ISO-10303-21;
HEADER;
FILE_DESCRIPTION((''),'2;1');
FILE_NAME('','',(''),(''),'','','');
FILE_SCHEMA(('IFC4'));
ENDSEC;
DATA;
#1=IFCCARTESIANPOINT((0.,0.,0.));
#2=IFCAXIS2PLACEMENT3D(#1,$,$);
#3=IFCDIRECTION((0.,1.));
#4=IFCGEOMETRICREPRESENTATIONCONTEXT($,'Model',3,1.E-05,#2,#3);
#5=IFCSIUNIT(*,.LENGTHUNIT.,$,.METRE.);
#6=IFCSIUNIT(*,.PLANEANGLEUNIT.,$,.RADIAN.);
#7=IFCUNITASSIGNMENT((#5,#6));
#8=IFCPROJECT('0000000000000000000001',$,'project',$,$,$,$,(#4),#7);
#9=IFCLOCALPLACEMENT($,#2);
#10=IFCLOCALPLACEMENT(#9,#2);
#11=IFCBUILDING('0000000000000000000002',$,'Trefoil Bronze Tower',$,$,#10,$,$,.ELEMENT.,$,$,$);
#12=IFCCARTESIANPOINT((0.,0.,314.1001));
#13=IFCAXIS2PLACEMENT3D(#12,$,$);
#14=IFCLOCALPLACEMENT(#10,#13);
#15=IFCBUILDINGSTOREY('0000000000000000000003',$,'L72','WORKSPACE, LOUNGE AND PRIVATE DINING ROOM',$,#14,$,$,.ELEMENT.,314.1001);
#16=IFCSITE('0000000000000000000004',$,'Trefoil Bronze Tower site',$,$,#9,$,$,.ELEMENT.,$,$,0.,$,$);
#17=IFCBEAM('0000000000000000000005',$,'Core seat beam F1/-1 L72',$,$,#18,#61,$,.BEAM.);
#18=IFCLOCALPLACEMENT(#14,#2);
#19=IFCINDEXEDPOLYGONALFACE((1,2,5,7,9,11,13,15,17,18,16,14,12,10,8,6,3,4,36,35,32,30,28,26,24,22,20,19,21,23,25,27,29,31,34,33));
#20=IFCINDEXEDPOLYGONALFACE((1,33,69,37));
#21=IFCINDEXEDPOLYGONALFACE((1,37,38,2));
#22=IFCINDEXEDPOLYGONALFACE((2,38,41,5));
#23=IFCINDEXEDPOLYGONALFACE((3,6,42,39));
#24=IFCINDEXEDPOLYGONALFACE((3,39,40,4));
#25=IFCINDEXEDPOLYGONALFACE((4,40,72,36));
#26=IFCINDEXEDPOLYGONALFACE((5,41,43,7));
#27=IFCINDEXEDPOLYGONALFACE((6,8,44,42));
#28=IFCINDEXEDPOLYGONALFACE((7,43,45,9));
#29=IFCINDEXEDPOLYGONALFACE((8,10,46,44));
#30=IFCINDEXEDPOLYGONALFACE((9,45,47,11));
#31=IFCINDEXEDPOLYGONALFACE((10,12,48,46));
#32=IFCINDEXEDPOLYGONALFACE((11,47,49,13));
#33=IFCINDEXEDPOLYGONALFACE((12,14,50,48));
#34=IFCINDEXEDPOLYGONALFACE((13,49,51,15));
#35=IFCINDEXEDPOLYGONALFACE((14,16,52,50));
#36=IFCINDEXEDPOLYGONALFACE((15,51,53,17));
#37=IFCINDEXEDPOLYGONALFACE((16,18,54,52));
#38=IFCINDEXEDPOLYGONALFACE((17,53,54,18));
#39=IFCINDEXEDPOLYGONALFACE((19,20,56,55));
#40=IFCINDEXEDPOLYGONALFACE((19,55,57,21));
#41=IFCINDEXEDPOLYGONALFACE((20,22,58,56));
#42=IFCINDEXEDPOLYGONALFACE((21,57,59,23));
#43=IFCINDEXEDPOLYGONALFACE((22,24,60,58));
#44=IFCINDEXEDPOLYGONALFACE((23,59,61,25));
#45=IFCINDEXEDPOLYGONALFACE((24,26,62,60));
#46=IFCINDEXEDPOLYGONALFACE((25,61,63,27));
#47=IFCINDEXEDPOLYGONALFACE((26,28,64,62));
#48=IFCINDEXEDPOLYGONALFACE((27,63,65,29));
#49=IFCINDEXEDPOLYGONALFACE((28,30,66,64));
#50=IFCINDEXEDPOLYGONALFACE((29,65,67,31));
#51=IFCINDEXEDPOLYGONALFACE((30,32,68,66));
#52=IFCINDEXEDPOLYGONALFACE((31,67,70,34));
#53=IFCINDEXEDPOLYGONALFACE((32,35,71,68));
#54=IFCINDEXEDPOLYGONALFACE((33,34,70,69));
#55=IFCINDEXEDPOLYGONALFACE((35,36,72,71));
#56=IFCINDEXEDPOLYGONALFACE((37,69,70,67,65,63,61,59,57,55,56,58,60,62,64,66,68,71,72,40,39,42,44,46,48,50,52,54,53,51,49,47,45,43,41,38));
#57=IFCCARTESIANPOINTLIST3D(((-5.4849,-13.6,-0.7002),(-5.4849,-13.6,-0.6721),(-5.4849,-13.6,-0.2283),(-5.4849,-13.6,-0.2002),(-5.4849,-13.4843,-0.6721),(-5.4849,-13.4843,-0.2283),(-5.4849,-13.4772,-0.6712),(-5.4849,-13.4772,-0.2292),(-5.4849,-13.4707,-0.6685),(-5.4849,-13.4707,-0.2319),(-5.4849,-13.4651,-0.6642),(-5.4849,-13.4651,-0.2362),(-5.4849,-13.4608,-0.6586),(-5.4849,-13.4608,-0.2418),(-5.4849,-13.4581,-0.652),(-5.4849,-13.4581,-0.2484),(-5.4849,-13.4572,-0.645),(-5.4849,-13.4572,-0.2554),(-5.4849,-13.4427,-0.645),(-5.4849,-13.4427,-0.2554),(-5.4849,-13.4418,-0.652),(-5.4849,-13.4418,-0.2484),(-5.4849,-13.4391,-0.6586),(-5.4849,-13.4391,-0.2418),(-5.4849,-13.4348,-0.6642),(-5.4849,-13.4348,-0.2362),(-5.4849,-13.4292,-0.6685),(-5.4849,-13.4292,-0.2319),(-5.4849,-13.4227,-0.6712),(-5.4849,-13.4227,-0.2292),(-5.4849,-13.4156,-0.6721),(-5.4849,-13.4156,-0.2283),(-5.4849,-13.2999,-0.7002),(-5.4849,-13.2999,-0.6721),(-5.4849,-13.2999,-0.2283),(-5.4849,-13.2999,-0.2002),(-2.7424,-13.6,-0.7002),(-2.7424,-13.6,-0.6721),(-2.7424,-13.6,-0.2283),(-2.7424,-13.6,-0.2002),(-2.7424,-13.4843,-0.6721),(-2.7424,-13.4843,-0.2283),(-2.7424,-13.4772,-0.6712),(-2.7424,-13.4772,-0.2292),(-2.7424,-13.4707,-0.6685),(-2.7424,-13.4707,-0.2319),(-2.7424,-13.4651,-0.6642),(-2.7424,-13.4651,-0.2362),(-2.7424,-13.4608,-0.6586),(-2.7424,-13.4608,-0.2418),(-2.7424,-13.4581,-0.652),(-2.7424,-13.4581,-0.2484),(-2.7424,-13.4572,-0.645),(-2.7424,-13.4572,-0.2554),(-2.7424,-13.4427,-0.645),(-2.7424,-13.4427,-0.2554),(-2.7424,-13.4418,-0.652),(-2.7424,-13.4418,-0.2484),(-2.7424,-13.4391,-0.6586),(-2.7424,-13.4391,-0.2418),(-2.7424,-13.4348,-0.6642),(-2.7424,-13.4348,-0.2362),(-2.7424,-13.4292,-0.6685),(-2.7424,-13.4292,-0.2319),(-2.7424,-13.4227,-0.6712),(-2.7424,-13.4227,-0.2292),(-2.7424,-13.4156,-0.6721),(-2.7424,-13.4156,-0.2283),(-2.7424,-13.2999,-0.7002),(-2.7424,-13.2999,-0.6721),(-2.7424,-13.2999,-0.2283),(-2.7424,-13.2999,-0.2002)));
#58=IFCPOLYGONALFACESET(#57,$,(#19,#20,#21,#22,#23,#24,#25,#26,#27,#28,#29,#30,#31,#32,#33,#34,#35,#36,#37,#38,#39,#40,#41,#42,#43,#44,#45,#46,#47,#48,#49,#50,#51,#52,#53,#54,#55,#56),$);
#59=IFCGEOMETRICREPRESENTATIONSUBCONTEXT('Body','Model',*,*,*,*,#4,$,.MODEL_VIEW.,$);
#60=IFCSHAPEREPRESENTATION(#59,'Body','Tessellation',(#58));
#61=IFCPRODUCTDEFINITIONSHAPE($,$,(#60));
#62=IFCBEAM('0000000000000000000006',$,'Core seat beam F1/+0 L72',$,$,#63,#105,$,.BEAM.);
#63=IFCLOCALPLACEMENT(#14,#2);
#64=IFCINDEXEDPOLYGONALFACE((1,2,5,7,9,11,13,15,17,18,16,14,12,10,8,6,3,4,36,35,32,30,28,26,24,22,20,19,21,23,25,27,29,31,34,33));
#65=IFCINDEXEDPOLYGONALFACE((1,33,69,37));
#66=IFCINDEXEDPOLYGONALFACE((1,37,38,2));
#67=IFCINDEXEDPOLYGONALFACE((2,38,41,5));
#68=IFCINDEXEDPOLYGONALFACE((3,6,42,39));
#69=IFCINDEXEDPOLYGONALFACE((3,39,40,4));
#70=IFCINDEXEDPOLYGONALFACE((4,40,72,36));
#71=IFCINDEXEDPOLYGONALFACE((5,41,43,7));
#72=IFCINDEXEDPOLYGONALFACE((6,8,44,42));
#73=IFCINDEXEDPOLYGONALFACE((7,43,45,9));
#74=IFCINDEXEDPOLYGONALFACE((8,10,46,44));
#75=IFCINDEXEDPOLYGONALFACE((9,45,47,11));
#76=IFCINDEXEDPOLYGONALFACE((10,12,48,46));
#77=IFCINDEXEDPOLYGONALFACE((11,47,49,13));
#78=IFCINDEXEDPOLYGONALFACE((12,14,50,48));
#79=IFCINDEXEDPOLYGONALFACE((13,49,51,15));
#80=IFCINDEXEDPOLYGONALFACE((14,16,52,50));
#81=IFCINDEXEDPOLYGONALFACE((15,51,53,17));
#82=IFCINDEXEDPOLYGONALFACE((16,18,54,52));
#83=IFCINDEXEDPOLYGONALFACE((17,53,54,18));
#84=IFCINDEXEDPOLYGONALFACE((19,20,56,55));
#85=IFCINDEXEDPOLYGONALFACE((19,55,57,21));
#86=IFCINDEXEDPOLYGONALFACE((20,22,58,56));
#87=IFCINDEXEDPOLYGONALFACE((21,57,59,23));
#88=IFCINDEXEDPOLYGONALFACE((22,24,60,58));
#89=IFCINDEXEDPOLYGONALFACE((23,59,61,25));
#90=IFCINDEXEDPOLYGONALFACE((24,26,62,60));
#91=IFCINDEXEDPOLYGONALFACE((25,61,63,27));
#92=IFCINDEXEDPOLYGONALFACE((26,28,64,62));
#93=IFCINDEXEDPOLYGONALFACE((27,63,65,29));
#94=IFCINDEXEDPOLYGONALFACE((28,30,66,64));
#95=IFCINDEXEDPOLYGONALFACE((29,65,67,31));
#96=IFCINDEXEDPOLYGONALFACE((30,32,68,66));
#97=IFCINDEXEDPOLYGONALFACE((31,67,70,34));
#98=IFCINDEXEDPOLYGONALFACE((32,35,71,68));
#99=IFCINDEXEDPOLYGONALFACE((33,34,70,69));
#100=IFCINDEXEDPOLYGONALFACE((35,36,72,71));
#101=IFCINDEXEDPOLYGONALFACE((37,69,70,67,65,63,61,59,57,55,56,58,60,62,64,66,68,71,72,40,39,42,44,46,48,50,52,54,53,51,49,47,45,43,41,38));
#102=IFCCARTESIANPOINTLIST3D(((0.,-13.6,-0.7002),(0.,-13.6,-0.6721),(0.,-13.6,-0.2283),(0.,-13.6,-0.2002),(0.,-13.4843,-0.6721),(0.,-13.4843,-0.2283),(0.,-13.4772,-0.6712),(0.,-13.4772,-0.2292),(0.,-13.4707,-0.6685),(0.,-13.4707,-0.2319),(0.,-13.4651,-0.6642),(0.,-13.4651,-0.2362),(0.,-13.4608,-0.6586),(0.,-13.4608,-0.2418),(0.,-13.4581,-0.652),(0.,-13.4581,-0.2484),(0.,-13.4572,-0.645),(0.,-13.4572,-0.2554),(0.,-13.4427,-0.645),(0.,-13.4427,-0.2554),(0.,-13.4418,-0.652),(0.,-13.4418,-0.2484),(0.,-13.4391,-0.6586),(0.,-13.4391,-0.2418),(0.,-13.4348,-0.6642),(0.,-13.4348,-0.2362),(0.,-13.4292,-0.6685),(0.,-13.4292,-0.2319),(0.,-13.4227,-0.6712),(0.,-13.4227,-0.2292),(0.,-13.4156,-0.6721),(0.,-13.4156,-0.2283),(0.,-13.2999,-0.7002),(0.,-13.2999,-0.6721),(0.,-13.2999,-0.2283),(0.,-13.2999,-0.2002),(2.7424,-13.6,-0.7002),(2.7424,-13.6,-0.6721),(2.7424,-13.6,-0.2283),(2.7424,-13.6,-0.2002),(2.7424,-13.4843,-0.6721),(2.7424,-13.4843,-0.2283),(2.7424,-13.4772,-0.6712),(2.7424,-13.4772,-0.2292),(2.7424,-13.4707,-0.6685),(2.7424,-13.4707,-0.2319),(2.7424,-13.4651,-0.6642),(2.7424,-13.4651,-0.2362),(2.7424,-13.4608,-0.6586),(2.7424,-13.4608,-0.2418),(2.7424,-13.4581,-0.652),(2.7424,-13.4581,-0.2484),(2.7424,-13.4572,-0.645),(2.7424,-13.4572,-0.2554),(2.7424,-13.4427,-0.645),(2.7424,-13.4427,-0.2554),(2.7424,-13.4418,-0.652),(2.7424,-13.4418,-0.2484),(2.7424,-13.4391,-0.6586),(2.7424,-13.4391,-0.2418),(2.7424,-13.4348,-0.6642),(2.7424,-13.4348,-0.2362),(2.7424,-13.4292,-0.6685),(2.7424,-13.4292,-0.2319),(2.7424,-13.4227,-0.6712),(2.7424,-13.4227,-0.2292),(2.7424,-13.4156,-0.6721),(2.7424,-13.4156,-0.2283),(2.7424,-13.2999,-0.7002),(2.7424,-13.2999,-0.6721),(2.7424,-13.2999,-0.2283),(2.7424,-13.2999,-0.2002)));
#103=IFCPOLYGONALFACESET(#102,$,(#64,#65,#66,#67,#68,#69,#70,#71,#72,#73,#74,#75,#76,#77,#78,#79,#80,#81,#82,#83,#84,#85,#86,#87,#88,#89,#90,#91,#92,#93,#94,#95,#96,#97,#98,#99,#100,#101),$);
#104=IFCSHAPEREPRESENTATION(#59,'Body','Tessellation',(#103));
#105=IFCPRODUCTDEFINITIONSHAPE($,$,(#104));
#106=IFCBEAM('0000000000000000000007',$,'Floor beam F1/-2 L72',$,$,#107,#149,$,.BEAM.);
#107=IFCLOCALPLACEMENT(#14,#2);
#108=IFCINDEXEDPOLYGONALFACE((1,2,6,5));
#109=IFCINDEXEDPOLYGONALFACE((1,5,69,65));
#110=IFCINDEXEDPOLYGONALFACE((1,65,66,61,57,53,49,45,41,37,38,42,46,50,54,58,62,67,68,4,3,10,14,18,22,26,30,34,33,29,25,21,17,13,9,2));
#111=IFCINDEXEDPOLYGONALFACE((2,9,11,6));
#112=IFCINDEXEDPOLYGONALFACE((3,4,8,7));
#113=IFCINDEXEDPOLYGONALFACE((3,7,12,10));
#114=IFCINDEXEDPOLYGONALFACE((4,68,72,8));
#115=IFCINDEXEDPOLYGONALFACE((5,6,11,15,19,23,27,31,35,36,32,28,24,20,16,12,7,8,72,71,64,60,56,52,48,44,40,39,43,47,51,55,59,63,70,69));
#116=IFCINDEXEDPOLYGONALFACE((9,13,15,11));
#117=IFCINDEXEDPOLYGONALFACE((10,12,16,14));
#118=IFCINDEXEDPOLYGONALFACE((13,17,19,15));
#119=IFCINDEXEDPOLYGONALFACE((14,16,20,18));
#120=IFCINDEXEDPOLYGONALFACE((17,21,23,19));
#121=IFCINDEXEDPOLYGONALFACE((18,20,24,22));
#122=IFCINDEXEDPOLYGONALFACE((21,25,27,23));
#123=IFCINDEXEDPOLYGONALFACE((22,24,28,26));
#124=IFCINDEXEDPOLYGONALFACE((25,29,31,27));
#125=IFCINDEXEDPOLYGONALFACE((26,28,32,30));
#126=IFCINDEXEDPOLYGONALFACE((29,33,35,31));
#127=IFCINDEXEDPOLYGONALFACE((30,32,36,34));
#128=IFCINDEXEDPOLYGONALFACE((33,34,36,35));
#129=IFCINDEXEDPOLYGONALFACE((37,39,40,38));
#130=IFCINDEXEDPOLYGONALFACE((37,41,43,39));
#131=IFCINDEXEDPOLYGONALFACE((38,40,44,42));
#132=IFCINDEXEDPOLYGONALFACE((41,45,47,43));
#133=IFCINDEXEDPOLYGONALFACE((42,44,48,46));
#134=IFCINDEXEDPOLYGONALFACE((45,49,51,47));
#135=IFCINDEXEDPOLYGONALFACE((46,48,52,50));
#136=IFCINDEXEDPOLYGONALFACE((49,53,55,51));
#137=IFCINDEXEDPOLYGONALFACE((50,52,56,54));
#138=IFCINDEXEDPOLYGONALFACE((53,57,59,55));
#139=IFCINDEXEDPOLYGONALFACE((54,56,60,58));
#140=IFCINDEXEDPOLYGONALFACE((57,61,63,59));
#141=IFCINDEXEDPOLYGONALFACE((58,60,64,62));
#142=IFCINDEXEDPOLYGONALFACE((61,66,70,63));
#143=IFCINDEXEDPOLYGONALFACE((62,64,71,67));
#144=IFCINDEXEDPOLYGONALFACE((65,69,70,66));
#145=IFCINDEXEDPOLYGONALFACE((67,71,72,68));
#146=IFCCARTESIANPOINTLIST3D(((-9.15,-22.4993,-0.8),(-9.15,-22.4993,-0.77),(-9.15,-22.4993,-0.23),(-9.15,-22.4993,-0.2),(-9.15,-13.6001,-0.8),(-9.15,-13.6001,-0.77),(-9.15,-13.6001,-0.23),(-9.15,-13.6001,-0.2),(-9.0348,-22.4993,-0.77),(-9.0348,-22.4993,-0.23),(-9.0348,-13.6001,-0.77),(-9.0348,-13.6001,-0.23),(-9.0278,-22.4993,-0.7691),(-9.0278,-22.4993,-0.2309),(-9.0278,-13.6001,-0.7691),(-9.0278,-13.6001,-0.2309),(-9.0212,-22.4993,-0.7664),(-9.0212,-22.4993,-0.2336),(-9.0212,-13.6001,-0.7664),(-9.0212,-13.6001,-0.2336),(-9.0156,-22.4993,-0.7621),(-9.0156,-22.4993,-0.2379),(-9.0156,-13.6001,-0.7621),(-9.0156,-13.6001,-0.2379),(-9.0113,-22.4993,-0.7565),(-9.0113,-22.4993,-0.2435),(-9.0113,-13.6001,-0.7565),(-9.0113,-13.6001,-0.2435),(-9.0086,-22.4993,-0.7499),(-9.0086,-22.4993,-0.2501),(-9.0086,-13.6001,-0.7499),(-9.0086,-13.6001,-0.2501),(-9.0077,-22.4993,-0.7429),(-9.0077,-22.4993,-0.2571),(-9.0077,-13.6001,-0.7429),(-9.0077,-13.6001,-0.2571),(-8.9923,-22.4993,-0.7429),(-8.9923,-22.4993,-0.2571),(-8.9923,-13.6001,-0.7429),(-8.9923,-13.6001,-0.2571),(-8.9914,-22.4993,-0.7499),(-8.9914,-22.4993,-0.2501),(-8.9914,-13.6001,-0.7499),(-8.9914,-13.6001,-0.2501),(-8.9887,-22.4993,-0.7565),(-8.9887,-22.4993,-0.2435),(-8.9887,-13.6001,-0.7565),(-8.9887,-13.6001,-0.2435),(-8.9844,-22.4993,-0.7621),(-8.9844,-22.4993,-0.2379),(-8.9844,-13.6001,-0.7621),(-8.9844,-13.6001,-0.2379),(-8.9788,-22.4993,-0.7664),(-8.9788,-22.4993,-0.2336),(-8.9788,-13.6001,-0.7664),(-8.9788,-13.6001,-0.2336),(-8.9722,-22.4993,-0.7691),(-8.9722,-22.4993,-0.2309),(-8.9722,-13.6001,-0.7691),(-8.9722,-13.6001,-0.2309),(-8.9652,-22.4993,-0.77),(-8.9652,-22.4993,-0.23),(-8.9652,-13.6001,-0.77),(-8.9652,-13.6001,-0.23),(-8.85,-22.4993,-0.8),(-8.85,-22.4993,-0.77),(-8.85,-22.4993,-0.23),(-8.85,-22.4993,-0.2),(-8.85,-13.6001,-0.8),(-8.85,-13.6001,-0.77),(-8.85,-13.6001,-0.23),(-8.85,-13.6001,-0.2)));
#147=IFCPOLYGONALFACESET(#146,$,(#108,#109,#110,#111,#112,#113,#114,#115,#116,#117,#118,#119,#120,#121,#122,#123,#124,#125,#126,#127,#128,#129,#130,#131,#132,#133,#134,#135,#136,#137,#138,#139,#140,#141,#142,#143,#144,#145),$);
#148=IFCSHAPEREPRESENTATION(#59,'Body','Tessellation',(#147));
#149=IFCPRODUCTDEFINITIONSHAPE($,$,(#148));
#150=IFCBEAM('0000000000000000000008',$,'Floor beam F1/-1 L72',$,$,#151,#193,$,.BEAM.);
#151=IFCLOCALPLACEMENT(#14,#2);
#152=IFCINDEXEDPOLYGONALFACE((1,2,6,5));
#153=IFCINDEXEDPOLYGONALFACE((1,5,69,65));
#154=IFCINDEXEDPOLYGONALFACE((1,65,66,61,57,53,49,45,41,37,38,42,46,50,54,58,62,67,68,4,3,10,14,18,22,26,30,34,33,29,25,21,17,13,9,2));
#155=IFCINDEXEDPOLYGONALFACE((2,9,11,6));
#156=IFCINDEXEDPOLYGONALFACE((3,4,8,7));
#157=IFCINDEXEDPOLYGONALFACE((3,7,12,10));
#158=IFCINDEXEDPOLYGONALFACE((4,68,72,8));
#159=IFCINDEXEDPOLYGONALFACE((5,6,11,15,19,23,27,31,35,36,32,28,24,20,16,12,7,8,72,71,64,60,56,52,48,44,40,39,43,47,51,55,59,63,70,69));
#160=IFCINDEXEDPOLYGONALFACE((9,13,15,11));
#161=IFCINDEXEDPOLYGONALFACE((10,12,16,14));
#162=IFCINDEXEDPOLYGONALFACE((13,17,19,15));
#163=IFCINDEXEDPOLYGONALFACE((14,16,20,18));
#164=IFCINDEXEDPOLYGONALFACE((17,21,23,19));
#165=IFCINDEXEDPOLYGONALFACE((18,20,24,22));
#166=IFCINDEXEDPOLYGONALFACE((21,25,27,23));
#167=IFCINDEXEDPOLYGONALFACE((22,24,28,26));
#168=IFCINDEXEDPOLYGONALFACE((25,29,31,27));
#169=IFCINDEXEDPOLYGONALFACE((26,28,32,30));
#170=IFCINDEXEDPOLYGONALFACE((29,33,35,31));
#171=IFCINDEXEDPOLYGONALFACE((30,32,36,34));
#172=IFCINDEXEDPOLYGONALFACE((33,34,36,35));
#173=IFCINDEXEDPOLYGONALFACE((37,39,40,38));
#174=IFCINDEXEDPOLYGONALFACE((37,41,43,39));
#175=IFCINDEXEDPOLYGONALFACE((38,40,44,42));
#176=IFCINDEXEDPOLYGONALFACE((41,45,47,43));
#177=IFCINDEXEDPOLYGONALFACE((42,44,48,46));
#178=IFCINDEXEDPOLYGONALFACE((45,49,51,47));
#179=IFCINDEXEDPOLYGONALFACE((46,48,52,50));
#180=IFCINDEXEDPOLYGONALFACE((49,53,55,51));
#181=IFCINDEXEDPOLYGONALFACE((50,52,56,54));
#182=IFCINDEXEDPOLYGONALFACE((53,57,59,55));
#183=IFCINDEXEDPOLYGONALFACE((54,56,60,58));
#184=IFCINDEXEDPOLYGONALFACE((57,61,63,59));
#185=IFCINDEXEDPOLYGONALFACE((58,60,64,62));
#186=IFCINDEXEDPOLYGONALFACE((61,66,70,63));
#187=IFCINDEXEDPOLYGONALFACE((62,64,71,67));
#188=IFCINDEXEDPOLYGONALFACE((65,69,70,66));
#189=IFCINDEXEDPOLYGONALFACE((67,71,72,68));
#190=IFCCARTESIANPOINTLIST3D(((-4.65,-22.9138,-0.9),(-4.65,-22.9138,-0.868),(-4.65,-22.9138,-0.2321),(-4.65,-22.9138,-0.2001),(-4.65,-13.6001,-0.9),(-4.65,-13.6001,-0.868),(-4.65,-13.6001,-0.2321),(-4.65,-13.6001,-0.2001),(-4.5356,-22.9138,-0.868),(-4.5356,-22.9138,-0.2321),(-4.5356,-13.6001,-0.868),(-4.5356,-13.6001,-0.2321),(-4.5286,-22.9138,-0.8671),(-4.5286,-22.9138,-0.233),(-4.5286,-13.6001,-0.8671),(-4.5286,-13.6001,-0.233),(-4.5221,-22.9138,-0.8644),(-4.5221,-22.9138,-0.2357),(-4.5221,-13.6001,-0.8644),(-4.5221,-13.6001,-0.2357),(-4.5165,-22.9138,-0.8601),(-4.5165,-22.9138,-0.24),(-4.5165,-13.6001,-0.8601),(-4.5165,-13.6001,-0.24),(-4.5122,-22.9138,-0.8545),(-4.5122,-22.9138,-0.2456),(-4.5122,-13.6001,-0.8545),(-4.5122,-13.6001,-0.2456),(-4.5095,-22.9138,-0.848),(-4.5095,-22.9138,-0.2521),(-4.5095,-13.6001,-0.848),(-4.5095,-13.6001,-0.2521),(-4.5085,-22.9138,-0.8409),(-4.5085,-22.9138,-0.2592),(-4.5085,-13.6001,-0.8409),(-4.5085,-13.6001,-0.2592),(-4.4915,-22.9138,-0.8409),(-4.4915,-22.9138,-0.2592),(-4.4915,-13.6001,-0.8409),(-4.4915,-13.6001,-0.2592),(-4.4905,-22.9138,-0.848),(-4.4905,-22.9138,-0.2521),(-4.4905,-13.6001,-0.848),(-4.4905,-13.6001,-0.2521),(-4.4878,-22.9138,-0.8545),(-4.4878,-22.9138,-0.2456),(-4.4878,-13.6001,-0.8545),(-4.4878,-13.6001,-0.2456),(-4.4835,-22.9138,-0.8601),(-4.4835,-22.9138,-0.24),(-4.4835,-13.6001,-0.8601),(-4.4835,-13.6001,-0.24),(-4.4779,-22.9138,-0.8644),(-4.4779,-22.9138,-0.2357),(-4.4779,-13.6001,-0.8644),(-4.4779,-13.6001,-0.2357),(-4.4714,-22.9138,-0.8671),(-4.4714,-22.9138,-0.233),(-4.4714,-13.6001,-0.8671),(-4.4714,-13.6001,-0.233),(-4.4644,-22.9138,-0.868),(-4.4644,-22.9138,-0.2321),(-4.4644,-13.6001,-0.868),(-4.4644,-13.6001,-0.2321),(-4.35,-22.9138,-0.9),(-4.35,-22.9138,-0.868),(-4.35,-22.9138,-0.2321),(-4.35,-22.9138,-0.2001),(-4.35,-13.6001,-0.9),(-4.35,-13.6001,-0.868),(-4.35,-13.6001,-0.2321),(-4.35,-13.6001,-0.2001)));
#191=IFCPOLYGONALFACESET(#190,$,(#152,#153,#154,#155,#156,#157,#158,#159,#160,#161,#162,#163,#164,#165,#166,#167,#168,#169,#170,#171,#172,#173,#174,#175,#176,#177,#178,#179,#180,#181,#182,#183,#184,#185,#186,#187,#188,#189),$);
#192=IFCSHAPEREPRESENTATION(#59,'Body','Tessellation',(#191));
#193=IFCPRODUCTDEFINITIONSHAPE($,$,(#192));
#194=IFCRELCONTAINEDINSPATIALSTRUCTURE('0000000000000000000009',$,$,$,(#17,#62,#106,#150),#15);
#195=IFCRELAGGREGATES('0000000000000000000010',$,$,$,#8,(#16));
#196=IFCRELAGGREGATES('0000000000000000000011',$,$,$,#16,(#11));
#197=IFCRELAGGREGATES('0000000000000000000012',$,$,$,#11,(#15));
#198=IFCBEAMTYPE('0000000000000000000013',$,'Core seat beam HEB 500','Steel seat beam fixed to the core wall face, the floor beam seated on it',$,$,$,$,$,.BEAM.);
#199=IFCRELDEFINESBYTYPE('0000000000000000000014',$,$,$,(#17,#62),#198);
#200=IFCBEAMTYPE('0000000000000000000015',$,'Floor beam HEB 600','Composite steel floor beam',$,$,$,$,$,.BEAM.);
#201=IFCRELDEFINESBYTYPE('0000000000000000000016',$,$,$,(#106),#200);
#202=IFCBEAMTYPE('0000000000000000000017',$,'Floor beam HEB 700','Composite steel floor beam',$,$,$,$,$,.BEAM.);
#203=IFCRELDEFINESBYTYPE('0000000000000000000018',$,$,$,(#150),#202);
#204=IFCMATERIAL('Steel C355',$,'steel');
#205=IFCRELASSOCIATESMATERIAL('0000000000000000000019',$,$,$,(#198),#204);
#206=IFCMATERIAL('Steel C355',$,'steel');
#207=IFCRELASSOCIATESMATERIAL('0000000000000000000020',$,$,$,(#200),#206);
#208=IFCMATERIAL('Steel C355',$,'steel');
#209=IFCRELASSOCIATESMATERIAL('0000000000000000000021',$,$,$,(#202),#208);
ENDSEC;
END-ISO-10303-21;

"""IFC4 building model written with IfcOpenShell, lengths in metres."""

from ifc_helpers import new_model, si_unit, direction, frame, origin, origin_2d, place, context, subcontext, project, spatial, i_section, extrude, material, material_profile, profile_set, type_object, element, save


model = new_model("IFC4")

# Units and contexts
model_context = context("Model", 3, precision=1e-05, world=origin(), true_north=direction((0.0, 1.0)))
body_context = subcontext(model_context, "Body", "Model", "MODEL_VIEW")
ifc_project = project(units=[si_unit("LENGTHUNIT", "METRE"), si_unit("PLANEANGLEUNIT", "RADIAN")], contexts=[model_context])

# Site, building, storey
site_placement = place(None, origin())
site = spatial("IfcSite", under=ifc_project, at=site_placement, Name="Trefoil Bronze Tower site", CompositionType="ELEMENT", RefElevation=0.0)
building_placement = place(site_placement, origin())
building = spatial("IfcBuilding", under=site, at=building_placement, Name="Trefoil Bronze Tower", CompositionType="ELEMENT")
storey_placement = place(building_placement, frame((0.0, 0.0, 314.1001)))
storey = spatial("IfcBuildingStorey", under=building, at=storey_placement, Name="L72", Description="WORKSPACE, LOUNGE AND PRIVATE DINING ROOM", CompositionType="ELEMENT", Elevation=314.1001)

# Beams
ifc_material_1 = material(Name="Steel C355", Category="steel")
ifc_material_profile_1 = material_profile(ifc_material_1, i_section(OverallWidth=0.3, OverallDepth=0.5, WebThickness=0.0144, FlangeThickness=0.0281, FilletRadius=0.0271, at=origin_2d()), Name="HEB 500")
ifc_profile_set_1 = profile_set([ifc_material_profile_1], Name="Steel C355")
beam_type_1 = type_object("IfcBeamType", Name="Core seat beam HEB 500", Description="Steel seat beam fixed to the core wall face, the floor beam seated on it", PredefinedType="BEAM", material=ifc_profile_set_1)
for number, where, z_axis, x_axis, name in (
    (1, (-5.4849, -13.45, -0.4502), (1.0, 0.0, 0.0), (0.0, 1.0, 0.0), "Core seat beam F1/-1 L72"),
    (2, (0.0, -13.45, -0.4502), (1.0, 0.0, 0.0), (0.0, 1.0, 0.0), "Core seat beam F1/+0 L72"),
):
    element("IfcBeam", number, at=place(storey_placement, frame(where, z_axis=z_axis, x_axis=x_axis)), inside=storey, type_object=beam_type_1, Name=name, PredefinedType="BEAM", context=body_context, shape_type="SweptSolid", body=[
        extrude(i_section(OverallWidth=0.3, OverallDepth=0.5, WebThickness=0.0144, FlangeThickness=0.0281, FilletRadius=0.0271, at=origin_2d()), origin(), (0.0, 0.0, 1.0), 2.7424),
    ])
ifc_material_2 = material(Name="Steel C355", Category="steel")
ifc_material_profile_2 = material_profile(ifc_material_2, i_section(OverallWidth=0.3, OverallDepth=0.6001, WebThickness=0.0154, FlangeThickness=0.03, FilletRadius=0.0271, at=origin_2d()), Name="HEB 600")
ifc_profile_set_2 = profile_set([ifc_material_profile_2], Name="Steel C355")
beam_type_2 = type_object("IfcBeamType", Name="Floor beam HEB 600", Description="Composite steel floor beam", PredefinedType="BEAM", material=ifc_profile_set_2)
beam_1_placement = place(storey_placement, frame((-9.0, -22.4993, -0.5), z_axis=(0.0, 1.0, 0.0), x_axis=(-1.0, 0.0, 0.0)))
element("IfcBeam", 3, at=beam_1_placement, inside=storey, type_object=beam_type_2, Name="Floor beam F1/-2 L72", PredefinedType="BEAM", context=body_context, shape_type="SweptSolid", body=[
    extrude(i_section(OverallWidth=0.3, OverallDepth=0.6001, WebThickness=0.0154, FlangeThickness=0.03, FilletRadius=0.0271, at=origin_2d()), origin(), (0.0, 0.0, 1.0), 8.8992),
])
ifc_material_3 = material(Name="Steel C355", Category="steel")
ifc_material_profile_3 = material_profile(ifc_material_3, i_section(OverallWidth=0.3, OverallDepth=0.7, WebThickness=0.0171, FlangeThickness=0.032, FilletRadius=0.0271, at=origin_2d()), Name="HEB 700")
ifc_profile_set_3 = profile_set([ifc_material_profile_3], Name="Steel C355")
beam_type_3 = type_object("IfcBeamType", Name="Floor beam HEB 700", Description="Composite steel floor beam", PredefinedType="BEAM", material=ifc_profile_set_3)
beam_2_placement = place(storey_placement, frame((-4.5, -22.9138, -0.55), z_axis=(0.0, 1.0, 0.0), x_axis=(-1.0, 0.0, 0.0)))
element("IfcBeam", 4, at=beam_2_placement, inside=storey, type_object=beam_type_3, Name="Floor beam F1/-1 L72", PredefinedType="BEAM", context=body_context, shape_type="SweptSolid", body=[
    extrude(i_section(OverallWidth=0.3, OverallDepth=0.7, WebThickness=0.0171, FlangeThickness=0.032, FilletRadius=0.0271, at=origin_2d()), origin(), (0.0, 0.0, 1.0), 9.3137),
])

save(model, "model.ifc")
